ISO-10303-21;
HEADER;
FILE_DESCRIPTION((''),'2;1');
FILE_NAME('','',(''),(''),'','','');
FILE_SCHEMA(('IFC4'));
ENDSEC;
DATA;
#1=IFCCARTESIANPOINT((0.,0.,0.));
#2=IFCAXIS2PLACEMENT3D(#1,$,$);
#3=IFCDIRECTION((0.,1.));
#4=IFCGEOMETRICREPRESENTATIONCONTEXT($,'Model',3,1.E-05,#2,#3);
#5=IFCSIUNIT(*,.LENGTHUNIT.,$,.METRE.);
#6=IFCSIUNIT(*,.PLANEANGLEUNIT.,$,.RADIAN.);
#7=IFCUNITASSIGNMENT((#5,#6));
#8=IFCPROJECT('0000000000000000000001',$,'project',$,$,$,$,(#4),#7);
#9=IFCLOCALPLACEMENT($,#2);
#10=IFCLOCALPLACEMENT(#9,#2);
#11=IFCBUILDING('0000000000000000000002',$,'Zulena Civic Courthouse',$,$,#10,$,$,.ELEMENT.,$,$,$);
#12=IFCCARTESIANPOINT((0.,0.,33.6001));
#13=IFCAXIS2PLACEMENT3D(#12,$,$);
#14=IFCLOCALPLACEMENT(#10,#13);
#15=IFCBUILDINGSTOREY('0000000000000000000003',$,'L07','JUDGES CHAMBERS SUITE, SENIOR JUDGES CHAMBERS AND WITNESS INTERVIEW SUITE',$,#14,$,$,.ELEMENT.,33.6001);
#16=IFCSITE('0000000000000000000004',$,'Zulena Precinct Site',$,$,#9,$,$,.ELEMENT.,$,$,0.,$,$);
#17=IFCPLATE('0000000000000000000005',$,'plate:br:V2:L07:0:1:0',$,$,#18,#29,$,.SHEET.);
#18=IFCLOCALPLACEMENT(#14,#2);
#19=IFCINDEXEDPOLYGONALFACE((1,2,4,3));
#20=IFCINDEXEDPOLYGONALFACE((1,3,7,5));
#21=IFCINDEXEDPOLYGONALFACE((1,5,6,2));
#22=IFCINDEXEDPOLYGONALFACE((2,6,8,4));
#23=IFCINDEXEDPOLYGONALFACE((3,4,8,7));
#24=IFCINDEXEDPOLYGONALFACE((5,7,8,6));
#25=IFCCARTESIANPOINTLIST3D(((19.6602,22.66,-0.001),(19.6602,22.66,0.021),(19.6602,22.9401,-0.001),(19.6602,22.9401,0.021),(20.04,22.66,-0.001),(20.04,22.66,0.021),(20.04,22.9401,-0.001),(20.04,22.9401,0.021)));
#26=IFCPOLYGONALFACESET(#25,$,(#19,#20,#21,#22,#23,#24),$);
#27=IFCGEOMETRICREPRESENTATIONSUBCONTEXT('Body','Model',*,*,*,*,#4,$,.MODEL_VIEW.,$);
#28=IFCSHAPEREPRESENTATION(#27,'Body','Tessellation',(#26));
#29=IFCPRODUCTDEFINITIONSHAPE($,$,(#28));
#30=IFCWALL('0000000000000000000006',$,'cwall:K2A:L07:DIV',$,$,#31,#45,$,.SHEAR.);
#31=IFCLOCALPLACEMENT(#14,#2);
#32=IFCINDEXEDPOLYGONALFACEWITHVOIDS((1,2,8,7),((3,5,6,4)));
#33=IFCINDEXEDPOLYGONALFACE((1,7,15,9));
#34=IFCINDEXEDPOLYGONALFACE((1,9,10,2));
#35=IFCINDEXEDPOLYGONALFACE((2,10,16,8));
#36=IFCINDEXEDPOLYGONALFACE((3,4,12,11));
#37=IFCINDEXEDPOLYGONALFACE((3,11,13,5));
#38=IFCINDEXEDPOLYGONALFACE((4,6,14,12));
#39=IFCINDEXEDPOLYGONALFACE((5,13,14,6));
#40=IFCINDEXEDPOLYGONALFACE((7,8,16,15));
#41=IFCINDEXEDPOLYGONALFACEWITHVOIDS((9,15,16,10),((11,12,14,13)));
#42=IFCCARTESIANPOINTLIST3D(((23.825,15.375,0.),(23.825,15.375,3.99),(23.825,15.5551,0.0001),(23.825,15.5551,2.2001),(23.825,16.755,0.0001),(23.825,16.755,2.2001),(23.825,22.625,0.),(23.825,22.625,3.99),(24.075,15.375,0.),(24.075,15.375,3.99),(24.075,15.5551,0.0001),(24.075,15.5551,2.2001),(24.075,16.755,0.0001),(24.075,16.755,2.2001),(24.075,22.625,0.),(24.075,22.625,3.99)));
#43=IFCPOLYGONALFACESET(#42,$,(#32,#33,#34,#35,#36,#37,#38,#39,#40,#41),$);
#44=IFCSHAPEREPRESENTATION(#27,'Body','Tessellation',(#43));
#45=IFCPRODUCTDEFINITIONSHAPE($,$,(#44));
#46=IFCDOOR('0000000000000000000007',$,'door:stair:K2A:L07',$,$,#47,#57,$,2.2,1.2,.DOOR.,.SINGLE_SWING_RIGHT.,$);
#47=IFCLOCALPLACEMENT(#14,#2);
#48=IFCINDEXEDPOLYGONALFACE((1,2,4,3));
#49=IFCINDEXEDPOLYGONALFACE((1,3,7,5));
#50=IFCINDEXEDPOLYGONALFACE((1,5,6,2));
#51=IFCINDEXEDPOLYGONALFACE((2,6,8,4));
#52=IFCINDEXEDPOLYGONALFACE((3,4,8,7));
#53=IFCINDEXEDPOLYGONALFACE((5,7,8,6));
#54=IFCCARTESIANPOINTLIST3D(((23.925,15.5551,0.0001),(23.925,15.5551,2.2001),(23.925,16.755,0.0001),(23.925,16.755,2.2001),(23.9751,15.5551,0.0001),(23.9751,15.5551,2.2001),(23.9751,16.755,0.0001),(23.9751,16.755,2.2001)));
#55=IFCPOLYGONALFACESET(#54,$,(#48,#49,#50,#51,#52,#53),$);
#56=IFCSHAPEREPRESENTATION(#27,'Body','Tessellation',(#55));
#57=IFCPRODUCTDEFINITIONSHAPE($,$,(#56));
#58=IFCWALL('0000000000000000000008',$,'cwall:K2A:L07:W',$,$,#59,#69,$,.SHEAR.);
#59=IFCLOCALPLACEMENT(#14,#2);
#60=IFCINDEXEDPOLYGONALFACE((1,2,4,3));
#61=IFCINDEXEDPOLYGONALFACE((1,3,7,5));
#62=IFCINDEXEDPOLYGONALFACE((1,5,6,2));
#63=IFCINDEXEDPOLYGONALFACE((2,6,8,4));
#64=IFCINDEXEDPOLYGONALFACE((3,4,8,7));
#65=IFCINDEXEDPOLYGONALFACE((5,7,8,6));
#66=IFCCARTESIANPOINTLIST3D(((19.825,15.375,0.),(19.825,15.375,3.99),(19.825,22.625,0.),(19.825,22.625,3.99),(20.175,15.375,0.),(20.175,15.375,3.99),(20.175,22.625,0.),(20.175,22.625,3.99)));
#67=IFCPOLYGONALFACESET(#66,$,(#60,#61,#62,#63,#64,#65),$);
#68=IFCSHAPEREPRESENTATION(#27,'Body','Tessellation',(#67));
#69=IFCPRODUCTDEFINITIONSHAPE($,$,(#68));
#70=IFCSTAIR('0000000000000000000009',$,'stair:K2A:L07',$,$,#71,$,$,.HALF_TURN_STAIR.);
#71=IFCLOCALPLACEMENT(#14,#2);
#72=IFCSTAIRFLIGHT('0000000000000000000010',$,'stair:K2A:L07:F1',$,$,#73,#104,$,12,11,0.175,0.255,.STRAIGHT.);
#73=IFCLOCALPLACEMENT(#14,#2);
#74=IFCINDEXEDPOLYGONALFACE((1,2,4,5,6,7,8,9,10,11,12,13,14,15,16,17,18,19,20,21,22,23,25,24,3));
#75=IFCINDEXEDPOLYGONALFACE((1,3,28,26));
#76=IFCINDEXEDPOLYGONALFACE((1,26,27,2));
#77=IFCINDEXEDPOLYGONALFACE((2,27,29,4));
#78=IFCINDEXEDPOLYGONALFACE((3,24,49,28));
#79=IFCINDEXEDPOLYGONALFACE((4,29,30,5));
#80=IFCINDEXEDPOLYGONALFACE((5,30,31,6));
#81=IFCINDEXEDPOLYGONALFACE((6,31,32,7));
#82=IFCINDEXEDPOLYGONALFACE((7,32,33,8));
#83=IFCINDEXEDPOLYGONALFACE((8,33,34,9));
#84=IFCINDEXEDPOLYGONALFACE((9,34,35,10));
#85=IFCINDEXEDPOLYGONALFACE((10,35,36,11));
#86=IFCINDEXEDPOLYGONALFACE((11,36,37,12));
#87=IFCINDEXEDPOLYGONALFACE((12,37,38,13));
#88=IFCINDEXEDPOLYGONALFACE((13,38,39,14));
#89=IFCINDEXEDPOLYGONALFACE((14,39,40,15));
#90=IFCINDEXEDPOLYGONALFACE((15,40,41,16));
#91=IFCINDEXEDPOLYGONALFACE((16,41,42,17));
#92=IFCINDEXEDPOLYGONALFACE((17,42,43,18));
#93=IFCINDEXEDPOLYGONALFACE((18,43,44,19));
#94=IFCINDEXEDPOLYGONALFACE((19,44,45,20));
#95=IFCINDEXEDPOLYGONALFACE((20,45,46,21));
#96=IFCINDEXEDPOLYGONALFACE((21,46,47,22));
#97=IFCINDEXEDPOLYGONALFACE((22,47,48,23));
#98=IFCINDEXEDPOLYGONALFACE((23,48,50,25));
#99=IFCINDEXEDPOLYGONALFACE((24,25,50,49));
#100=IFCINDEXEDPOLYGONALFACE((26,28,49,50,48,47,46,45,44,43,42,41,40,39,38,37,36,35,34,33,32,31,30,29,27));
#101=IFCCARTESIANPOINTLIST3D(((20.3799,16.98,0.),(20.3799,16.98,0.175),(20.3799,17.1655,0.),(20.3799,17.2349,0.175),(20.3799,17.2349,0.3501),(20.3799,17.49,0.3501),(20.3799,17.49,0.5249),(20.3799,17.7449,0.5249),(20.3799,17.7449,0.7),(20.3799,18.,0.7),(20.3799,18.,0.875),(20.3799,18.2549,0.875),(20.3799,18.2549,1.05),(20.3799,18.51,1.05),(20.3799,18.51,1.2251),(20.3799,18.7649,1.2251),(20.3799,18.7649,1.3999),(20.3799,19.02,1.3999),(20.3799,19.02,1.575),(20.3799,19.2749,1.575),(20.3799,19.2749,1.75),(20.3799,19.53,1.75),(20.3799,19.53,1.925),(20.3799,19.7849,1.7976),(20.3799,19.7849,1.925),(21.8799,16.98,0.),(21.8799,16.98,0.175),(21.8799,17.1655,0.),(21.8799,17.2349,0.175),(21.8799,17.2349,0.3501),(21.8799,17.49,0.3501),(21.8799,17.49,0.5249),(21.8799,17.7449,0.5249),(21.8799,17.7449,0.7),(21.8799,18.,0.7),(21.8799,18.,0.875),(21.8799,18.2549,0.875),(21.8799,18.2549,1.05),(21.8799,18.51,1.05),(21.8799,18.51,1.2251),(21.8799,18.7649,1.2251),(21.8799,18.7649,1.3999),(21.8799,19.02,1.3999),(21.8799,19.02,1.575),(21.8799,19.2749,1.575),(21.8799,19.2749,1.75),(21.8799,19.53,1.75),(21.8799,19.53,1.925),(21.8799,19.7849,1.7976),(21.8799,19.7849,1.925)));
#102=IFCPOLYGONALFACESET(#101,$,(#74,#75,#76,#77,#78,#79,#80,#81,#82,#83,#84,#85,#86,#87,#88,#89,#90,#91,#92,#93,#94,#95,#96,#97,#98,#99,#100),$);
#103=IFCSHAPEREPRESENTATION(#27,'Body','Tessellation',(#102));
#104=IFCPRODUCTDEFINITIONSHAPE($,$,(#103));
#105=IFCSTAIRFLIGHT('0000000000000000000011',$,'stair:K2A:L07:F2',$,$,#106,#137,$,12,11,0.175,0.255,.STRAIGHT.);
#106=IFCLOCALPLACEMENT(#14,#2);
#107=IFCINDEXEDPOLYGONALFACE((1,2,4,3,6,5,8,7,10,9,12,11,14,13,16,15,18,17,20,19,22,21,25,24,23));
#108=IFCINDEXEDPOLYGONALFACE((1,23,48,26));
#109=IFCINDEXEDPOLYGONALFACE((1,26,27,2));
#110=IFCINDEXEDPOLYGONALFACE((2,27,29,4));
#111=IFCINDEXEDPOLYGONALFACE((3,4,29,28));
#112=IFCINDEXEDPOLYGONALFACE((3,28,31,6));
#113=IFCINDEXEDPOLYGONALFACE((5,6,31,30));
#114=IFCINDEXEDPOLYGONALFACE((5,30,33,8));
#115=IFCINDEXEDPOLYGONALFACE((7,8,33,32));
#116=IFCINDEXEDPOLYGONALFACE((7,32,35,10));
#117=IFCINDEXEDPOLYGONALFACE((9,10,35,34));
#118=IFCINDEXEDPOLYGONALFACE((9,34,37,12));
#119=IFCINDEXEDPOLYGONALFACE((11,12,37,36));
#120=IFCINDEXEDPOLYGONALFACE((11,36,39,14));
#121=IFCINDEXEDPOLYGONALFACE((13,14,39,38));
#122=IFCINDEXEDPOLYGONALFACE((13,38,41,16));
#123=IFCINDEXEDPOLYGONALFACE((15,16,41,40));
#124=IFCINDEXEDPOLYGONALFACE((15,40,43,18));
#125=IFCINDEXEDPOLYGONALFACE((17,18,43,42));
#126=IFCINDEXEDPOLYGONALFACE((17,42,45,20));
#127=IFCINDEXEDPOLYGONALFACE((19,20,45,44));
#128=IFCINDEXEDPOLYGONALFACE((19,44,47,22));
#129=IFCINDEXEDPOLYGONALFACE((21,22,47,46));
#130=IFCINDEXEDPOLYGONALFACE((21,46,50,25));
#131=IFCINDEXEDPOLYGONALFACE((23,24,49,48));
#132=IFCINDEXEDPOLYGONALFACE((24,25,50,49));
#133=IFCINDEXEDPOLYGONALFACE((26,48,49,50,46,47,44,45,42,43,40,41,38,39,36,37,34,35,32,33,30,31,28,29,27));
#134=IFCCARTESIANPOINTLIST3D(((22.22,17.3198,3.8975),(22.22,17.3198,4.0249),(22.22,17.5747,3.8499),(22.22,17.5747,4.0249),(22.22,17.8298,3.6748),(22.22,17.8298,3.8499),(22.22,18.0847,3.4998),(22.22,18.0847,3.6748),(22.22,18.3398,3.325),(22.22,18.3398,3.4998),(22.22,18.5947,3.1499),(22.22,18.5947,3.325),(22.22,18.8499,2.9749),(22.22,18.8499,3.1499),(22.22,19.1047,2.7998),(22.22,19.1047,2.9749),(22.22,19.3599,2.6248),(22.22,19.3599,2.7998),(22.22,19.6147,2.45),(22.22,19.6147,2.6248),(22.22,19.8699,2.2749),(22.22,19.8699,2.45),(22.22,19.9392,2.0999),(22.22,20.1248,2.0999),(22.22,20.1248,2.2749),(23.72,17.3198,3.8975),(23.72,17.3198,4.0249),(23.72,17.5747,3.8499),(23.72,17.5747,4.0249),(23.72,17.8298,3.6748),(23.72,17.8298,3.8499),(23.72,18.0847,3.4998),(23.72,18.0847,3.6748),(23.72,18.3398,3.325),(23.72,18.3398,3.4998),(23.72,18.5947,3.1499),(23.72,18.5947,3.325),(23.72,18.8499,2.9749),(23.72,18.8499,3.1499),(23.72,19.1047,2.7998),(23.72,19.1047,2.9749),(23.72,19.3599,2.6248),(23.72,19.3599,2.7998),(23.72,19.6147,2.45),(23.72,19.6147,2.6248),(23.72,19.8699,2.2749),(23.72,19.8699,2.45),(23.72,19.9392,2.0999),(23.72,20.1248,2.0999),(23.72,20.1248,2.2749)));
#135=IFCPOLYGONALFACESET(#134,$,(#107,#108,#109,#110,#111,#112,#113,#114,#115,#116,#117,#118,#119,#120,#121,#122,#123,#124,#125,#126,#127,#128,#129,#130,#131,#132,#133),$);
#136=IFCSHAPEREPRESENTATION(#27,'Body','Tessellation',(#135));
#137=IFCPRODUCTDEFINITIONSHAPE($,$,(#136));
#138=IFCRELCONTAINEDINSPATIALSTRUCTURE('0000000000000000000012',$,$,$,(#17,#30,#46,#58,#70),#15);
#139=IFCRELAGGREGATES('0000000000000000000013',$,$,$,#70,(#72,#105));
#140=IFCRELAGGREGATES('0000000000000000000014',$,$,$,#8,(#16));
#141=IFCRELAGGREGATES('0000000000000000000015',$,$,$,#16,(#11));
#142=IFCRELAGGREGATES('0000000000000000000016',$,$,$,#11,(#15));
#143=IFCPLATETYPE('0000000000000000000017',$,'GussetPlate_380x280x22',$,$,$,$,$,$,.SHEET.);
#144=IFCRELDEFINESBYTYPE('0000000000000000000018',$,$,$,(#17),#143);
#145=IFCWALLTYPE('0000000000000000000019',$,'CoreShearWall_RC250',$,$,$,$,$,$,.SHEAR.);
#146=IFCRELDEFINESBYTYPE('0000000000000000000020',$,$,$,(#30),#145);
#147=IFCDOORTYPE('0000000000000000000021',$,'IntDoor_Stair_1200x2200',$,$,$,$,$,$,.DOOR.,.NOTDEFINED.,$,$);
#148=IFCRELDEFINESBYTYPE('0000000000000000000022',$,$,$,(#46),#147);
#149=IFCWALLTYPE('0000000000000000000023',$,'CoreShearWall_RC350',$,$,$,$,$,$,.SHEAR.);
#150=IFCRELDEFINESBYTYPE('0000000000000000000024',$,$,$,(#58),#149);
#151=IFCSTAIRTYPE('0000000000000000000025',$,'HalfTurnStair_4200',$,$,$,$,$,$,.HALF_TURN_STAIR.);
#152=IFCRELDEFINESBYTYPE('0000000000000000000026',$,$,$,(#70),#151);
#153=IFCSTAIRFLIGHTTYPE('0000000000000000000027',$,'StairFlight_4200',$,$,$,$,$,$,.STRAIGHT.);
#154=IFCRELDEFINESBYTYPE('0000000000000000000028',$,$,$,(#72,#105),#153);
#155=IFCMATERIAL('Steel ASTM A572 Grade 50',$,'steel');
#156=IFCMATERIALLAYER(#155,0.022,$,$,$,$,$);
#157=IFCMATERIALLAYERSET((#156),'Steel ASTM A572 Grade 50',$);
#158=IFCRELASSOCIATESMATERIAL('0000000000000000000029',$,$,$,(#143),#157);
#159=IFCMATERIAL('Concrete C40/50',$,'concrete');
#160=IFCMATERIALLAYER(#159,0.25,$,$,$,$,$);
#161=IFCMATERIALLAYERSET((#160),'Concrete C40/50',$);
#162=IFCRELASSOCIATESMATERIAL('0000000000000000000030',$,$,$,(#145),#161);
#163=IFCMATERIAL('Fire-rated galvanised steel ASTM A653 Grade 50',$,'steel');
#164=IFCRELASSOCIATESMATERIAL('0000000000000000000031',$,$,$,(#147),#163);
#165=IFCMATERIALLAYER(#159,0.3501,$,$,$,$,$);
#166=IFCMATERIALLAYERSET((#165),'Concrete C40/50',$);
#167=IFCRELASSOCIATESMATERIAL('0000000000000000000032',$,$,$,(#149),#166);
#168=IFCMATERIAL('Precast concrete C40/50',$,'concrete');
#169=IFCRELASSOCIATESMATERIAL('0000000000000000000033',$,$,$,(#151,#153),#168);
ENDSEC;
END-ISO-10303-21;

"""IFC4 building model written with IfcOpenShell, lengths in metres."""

from ifc_helpers import new_model, si_unit, direction, frame, frame_2d, origin, origin_2d, place, context, subcontext, project, spatial, polyline, rectangle, outline, extrude, material, layer, layer_set, type_object, element, fill, aggregate, save


model = new_model("IFC4")

# Units and contexts
model_context = context("Model", 3, precision=1e-05, world=origin(), true_north=direction((0.0, 1.0)))
body_context = subcontext(model_context, "Body", "Model", "MODEL_VIEW")
ifc_project = project(units=[si_unit("LENGTHUNIT", "METRE"), si_unit("PLANEANGLEUNIT", "RADIAN")], contexts=[model_context])

# Site, building, storey
site_placement = place(None, origin())
site = spatial("IfcSite", under=ifc_project, at=site_placement, Name="Zulena Precinct Site", CompositionType="ELEMENT", RefElevation=0.0)
building_placement = place(site_placement, origin())
building = spatial("IfcBuilding", under=site, at=building_placement, Name="Zulena Civic Courthouse", CompositionType="ELEMENT")
storey_placement = place(building_placement, frame((0.0, 0.0, 33.6001)))
storey = spatial("IfcBuildingStorey", under=building, at=storey_placement, Name="L07", Description="JUDGES CHAMBERS SUITE, SENIOR JUDGES CHAMBERS AND WITNESS INTERVIEW SUITE", CompositionType="ELEMENT", Elevation=33.6001)

# Plate
ifc_material_1 = material(Name="Steel ASTM A572 Grade 50", Category="steel")
ifc_layer_1 = layer(ifc_material_1, 0.022)
ifc_layer_set_1 = layer_set([ifc_layer_1], Name="Steel ASTM A572 Grade 50")
plate_type = type_object("IfcPlateType", Name="GussetPlate_380x280x22", PredefinedType="SHEET", material=ifc_layer_set_1)
plate_placement = place(storey_placement, frame((19.8501, 22.8, -0.001), z_axis=(0.0, 0.0, 1.0), x_axis=(1.0, 0.0, 0.0)))
element("IfcPlate", 1, at=plate_placement, inside=storey, type_object=plate_type, Name="plate:br:V2:L07:0:1:0", PredefinedType="SHEET", context=body_context, shape_type="SweptSolid", body=[
    extrude(rectangle(XDim=0.3799, YDim=0.28, at=origin_2d()), origin(), (0.0, 0.0, 1.0), 0.022),
])

# Wall, opening, door
ifc_material_2 = material(Name="Concrete C40/50", Category="concrete")
ifc_layer_2 = layer(ifc_material_2, 0.25)
ifc_layer_set_2 = layer_set([ifc_layer_2], Name="Concrete C40/50")
wall_type_1 = type_object("IfcWallType", Name="CoreShearWall_RC250", PredefinedType="SHEAR", material=ifc_layer_set_2)
wall_1_placement = place(storey_placement, frame((23.95, 15.375, 0.0), z_axis=(0.0, 0.0, 1.0), x_axis=(0.0, 1.0, 0.0)))
wall_1 = element("IfcWall", 2, at=wall_1_placement, inside=storey, type_object=wall_type_1, Name="cwall:K2A:L07:DIV", PredefinedType="SHEAR", context=body_context, shape_type="SweptSolid", body=[
    extrude(rectangle(XDim=7.25, YDim=0.25, at=frame_2d((3.625, 0.0))), origin(), (0.0, 0.0, 1.0), 3.99),
])
opening_placement = place(wall_1_placement, frame((0.1799, 0.0, 0.0)))
opening = element("IfcOpeningElement", 3, at=opening_placement, cuts=wall_1, PredefinedType="OPENING", context=body_context, shape_type="SweptSolid", body=[
    extrude(rectangle(XDim=1.2, YDim=2.2, at=frame_2d((0.6001, 1.1001))), frame((0.0, 0.135, 0.0), z_axis=(0.0, -1.0, 0.0), x_axis=(1.0, 0.0, 0.0)), (0.0, 0.0, 1.0), 0.27),
])
ifc_material_3 = material(Name="Fire-rated galvanised steel ASTM A653 Grade 50", Category="steel")
door_type = type_object("IfcDoorType", Name="IntDoor_Stair_1200x2200", OperationType="NOTDEFINED", PredefinedType="DOOR", material=ifc_material_3)
door_placement = place(opening_placement, origin())
door = element("IfcDoor", 4, at=door_placement, inside=storey, type_object=door_type, Name="door:stair:K2A:L07", OperationType="SINGLE_SWING_RIGHT", OverallHeight=2.2, OverallWidth=1.2, PredefinedType="DOOR", context=body_context, shape_type="SweptSolid", body=[
    extrude(rectangle(XDim=1.2, YDim=2.2, at=frame_2d((0.6001, 1.1001))), frame((0.0, 0.0249, 0.0), z_axis=(0.0, -1.0, 0.0), x_axis=(1.0, 0.0, 0.0)), (0.0, 0.0, 1.0), 0.05),
])
fill(opening, door)

# Wall
ifc_layer_3 = layer(ifc_material_2, 0.3501)
ifc_layer_set_3 = layer_set([ifc_layer_3], Name="Concrete C40/50")
wall_type_2 = type_object("IfcWallType", Name="CoreShearWall_RC350", PredefinedType="SHEAR", material=ifc_layer_set_3)
wall_2_placement = place(storey_placement, frame((20.0, 15.375, 0.0), z_axis=(0.0, 0.0, 1.0), x_axis=(0.0, 1.0, 0.0)))
element("IfcWall", 5, at=wall_2_placement, inside=storey, type_object=wall_type_2, Name="cwall:K2A:L07:W", PredefinedType="SHEAR", context=body_context, shape_type="SweptSolid", body=[
    extrude(rectangle(XDim=7.25, YDim=0.3501, at=frame_2d((3.625, 0.0))), origin(), (0.0, 0.0, 1.0), 3.99),
])

# Stair, stair flights
ifc_material_4 = material(Name="Precast concrete C40/50", Category="concrete")
stair_type = type_object("IfcStairType", Name="HalfTurnStair_4200", PredefinedType="HALF_TURN_STAIR", material=ifc_material_4)
stair_placement = place(storey_placement, origin())
stair = element("IfcStair", 6, at=stair_placement, inside=storey, type_object=stair_type, Name="stair:K2A:L07", PredefinedType="HALF_TURN_STAIR")
stair_flight_type = type_object("IfcStairFlightType", Name="StairFlight_4200", PredefinedType="STRAIGHT", material=ifc_material_4)
stair_flight_1_placement = place(storey_placement, frame((21.1299, 16.98, 0.0), z_axis=(0.0, 0.0, 1.0), x_axis=(0.0, 1.0, 0.0)))
stair_flight_1 = element("IfcStairFlight", 7, at=stair_flight_1_placement, type_object=stair_flight_type, Name="stair:K2A:L07:F1", NumberOfRisers=12, NumberOfTreads=11, PredefinedType="STRAIGHT", RiserHeight=0.175, TreadLength=0.255, context=body_context, shape_type="SweptSolid", body=[
    extrude(outline(polyline([(0.0, 0.0), (0.0, 0.175), (0.2549, 0.175), (0.2549, 0.3501), (0.51, 0.3501), (0.51, 0.5249), (0.7649, 0.5249), (0.7649, 0.7), (1.02, 0.7), (1.02, 0.875), (1.2749, 0.875), (1.2749, 1.05), (1.53, 1.05), (1.53, 1.2251), (1.7849, 1.2251), (1.7849, 1.3999), (2.04, 1.3999), (2.04, 1.575), (2.2949, 1.575), (2.2949, 1.75), (2.55, 1.75), (2.55, 1.925), (2.8049, 1.925), (2.8049, 2.1001), (2.8049, 1.7976), (0.1855, 0.0), (0.0, 0.0)])), frame((0.0, 0.75, 0.0), z_axis=(0.0, -1.0, 0.0), x_axis=(1.0, 0.0, 0.0)), (0.0, 0.0, 1.0), 1.5),
])
stair_flight_2_placement = place(storey_placement, frame((22.97, 20.1248, 2.0999), z_axis=(0.0, 0.0, 1.0), x_axis=(0.0, -1.0, 0.0)))
stair_flight_2 = element("IfcStairFlight", 8, at=stair_flight_2_placement, type_object=stair_flight_type, Name="stair:K2A:L07:F2", NumberOfRisers=12, NumberOfTreads=11, PredefinedType="STRAIGHT", RiserHeight=0.175, TreadLength=0.255, context=body_context, shape_type="SweptSolid", body=[
    extrude(outline(polyline([(0.0, 0.0), (0.0, 0.175), (0.2549, 0.175), (0.2549, 0.3501), (0.51, 0.3501), (0.51, 0.5249), (0.7649, 0.5249), (0.7649, 0.7), (1.02, 0.7), (1.02, 0.875), (1.2749, 0.875), (1.2749, 1.05), (1.53, 1.05), (1.53, 1.2251), (1.7849, 1.2251), (1.7849, 1.3999), (2.04, 1.3999), (2.04, 1.575), (2.2949, 1.575), (2.2949, 1.75), (2.55, 1.75), (2.55, 1.925), (2.8049, 1.925), (2.8049, 2.1001), (2.8049, 1.7976), (0.1855, 0.0), (0.0, 0.0)])), frame((0.0, 0.75, 0.0), z_axis=(0.0, -1.0, 0.0), x_axis=(1.0, 0.0, 0.0)), (0.0, 0.0, 1.0), 1.5),
])
aggregate(stair, [stair_flight_1, stair_flight_2])

save(model, "model.ifc")
